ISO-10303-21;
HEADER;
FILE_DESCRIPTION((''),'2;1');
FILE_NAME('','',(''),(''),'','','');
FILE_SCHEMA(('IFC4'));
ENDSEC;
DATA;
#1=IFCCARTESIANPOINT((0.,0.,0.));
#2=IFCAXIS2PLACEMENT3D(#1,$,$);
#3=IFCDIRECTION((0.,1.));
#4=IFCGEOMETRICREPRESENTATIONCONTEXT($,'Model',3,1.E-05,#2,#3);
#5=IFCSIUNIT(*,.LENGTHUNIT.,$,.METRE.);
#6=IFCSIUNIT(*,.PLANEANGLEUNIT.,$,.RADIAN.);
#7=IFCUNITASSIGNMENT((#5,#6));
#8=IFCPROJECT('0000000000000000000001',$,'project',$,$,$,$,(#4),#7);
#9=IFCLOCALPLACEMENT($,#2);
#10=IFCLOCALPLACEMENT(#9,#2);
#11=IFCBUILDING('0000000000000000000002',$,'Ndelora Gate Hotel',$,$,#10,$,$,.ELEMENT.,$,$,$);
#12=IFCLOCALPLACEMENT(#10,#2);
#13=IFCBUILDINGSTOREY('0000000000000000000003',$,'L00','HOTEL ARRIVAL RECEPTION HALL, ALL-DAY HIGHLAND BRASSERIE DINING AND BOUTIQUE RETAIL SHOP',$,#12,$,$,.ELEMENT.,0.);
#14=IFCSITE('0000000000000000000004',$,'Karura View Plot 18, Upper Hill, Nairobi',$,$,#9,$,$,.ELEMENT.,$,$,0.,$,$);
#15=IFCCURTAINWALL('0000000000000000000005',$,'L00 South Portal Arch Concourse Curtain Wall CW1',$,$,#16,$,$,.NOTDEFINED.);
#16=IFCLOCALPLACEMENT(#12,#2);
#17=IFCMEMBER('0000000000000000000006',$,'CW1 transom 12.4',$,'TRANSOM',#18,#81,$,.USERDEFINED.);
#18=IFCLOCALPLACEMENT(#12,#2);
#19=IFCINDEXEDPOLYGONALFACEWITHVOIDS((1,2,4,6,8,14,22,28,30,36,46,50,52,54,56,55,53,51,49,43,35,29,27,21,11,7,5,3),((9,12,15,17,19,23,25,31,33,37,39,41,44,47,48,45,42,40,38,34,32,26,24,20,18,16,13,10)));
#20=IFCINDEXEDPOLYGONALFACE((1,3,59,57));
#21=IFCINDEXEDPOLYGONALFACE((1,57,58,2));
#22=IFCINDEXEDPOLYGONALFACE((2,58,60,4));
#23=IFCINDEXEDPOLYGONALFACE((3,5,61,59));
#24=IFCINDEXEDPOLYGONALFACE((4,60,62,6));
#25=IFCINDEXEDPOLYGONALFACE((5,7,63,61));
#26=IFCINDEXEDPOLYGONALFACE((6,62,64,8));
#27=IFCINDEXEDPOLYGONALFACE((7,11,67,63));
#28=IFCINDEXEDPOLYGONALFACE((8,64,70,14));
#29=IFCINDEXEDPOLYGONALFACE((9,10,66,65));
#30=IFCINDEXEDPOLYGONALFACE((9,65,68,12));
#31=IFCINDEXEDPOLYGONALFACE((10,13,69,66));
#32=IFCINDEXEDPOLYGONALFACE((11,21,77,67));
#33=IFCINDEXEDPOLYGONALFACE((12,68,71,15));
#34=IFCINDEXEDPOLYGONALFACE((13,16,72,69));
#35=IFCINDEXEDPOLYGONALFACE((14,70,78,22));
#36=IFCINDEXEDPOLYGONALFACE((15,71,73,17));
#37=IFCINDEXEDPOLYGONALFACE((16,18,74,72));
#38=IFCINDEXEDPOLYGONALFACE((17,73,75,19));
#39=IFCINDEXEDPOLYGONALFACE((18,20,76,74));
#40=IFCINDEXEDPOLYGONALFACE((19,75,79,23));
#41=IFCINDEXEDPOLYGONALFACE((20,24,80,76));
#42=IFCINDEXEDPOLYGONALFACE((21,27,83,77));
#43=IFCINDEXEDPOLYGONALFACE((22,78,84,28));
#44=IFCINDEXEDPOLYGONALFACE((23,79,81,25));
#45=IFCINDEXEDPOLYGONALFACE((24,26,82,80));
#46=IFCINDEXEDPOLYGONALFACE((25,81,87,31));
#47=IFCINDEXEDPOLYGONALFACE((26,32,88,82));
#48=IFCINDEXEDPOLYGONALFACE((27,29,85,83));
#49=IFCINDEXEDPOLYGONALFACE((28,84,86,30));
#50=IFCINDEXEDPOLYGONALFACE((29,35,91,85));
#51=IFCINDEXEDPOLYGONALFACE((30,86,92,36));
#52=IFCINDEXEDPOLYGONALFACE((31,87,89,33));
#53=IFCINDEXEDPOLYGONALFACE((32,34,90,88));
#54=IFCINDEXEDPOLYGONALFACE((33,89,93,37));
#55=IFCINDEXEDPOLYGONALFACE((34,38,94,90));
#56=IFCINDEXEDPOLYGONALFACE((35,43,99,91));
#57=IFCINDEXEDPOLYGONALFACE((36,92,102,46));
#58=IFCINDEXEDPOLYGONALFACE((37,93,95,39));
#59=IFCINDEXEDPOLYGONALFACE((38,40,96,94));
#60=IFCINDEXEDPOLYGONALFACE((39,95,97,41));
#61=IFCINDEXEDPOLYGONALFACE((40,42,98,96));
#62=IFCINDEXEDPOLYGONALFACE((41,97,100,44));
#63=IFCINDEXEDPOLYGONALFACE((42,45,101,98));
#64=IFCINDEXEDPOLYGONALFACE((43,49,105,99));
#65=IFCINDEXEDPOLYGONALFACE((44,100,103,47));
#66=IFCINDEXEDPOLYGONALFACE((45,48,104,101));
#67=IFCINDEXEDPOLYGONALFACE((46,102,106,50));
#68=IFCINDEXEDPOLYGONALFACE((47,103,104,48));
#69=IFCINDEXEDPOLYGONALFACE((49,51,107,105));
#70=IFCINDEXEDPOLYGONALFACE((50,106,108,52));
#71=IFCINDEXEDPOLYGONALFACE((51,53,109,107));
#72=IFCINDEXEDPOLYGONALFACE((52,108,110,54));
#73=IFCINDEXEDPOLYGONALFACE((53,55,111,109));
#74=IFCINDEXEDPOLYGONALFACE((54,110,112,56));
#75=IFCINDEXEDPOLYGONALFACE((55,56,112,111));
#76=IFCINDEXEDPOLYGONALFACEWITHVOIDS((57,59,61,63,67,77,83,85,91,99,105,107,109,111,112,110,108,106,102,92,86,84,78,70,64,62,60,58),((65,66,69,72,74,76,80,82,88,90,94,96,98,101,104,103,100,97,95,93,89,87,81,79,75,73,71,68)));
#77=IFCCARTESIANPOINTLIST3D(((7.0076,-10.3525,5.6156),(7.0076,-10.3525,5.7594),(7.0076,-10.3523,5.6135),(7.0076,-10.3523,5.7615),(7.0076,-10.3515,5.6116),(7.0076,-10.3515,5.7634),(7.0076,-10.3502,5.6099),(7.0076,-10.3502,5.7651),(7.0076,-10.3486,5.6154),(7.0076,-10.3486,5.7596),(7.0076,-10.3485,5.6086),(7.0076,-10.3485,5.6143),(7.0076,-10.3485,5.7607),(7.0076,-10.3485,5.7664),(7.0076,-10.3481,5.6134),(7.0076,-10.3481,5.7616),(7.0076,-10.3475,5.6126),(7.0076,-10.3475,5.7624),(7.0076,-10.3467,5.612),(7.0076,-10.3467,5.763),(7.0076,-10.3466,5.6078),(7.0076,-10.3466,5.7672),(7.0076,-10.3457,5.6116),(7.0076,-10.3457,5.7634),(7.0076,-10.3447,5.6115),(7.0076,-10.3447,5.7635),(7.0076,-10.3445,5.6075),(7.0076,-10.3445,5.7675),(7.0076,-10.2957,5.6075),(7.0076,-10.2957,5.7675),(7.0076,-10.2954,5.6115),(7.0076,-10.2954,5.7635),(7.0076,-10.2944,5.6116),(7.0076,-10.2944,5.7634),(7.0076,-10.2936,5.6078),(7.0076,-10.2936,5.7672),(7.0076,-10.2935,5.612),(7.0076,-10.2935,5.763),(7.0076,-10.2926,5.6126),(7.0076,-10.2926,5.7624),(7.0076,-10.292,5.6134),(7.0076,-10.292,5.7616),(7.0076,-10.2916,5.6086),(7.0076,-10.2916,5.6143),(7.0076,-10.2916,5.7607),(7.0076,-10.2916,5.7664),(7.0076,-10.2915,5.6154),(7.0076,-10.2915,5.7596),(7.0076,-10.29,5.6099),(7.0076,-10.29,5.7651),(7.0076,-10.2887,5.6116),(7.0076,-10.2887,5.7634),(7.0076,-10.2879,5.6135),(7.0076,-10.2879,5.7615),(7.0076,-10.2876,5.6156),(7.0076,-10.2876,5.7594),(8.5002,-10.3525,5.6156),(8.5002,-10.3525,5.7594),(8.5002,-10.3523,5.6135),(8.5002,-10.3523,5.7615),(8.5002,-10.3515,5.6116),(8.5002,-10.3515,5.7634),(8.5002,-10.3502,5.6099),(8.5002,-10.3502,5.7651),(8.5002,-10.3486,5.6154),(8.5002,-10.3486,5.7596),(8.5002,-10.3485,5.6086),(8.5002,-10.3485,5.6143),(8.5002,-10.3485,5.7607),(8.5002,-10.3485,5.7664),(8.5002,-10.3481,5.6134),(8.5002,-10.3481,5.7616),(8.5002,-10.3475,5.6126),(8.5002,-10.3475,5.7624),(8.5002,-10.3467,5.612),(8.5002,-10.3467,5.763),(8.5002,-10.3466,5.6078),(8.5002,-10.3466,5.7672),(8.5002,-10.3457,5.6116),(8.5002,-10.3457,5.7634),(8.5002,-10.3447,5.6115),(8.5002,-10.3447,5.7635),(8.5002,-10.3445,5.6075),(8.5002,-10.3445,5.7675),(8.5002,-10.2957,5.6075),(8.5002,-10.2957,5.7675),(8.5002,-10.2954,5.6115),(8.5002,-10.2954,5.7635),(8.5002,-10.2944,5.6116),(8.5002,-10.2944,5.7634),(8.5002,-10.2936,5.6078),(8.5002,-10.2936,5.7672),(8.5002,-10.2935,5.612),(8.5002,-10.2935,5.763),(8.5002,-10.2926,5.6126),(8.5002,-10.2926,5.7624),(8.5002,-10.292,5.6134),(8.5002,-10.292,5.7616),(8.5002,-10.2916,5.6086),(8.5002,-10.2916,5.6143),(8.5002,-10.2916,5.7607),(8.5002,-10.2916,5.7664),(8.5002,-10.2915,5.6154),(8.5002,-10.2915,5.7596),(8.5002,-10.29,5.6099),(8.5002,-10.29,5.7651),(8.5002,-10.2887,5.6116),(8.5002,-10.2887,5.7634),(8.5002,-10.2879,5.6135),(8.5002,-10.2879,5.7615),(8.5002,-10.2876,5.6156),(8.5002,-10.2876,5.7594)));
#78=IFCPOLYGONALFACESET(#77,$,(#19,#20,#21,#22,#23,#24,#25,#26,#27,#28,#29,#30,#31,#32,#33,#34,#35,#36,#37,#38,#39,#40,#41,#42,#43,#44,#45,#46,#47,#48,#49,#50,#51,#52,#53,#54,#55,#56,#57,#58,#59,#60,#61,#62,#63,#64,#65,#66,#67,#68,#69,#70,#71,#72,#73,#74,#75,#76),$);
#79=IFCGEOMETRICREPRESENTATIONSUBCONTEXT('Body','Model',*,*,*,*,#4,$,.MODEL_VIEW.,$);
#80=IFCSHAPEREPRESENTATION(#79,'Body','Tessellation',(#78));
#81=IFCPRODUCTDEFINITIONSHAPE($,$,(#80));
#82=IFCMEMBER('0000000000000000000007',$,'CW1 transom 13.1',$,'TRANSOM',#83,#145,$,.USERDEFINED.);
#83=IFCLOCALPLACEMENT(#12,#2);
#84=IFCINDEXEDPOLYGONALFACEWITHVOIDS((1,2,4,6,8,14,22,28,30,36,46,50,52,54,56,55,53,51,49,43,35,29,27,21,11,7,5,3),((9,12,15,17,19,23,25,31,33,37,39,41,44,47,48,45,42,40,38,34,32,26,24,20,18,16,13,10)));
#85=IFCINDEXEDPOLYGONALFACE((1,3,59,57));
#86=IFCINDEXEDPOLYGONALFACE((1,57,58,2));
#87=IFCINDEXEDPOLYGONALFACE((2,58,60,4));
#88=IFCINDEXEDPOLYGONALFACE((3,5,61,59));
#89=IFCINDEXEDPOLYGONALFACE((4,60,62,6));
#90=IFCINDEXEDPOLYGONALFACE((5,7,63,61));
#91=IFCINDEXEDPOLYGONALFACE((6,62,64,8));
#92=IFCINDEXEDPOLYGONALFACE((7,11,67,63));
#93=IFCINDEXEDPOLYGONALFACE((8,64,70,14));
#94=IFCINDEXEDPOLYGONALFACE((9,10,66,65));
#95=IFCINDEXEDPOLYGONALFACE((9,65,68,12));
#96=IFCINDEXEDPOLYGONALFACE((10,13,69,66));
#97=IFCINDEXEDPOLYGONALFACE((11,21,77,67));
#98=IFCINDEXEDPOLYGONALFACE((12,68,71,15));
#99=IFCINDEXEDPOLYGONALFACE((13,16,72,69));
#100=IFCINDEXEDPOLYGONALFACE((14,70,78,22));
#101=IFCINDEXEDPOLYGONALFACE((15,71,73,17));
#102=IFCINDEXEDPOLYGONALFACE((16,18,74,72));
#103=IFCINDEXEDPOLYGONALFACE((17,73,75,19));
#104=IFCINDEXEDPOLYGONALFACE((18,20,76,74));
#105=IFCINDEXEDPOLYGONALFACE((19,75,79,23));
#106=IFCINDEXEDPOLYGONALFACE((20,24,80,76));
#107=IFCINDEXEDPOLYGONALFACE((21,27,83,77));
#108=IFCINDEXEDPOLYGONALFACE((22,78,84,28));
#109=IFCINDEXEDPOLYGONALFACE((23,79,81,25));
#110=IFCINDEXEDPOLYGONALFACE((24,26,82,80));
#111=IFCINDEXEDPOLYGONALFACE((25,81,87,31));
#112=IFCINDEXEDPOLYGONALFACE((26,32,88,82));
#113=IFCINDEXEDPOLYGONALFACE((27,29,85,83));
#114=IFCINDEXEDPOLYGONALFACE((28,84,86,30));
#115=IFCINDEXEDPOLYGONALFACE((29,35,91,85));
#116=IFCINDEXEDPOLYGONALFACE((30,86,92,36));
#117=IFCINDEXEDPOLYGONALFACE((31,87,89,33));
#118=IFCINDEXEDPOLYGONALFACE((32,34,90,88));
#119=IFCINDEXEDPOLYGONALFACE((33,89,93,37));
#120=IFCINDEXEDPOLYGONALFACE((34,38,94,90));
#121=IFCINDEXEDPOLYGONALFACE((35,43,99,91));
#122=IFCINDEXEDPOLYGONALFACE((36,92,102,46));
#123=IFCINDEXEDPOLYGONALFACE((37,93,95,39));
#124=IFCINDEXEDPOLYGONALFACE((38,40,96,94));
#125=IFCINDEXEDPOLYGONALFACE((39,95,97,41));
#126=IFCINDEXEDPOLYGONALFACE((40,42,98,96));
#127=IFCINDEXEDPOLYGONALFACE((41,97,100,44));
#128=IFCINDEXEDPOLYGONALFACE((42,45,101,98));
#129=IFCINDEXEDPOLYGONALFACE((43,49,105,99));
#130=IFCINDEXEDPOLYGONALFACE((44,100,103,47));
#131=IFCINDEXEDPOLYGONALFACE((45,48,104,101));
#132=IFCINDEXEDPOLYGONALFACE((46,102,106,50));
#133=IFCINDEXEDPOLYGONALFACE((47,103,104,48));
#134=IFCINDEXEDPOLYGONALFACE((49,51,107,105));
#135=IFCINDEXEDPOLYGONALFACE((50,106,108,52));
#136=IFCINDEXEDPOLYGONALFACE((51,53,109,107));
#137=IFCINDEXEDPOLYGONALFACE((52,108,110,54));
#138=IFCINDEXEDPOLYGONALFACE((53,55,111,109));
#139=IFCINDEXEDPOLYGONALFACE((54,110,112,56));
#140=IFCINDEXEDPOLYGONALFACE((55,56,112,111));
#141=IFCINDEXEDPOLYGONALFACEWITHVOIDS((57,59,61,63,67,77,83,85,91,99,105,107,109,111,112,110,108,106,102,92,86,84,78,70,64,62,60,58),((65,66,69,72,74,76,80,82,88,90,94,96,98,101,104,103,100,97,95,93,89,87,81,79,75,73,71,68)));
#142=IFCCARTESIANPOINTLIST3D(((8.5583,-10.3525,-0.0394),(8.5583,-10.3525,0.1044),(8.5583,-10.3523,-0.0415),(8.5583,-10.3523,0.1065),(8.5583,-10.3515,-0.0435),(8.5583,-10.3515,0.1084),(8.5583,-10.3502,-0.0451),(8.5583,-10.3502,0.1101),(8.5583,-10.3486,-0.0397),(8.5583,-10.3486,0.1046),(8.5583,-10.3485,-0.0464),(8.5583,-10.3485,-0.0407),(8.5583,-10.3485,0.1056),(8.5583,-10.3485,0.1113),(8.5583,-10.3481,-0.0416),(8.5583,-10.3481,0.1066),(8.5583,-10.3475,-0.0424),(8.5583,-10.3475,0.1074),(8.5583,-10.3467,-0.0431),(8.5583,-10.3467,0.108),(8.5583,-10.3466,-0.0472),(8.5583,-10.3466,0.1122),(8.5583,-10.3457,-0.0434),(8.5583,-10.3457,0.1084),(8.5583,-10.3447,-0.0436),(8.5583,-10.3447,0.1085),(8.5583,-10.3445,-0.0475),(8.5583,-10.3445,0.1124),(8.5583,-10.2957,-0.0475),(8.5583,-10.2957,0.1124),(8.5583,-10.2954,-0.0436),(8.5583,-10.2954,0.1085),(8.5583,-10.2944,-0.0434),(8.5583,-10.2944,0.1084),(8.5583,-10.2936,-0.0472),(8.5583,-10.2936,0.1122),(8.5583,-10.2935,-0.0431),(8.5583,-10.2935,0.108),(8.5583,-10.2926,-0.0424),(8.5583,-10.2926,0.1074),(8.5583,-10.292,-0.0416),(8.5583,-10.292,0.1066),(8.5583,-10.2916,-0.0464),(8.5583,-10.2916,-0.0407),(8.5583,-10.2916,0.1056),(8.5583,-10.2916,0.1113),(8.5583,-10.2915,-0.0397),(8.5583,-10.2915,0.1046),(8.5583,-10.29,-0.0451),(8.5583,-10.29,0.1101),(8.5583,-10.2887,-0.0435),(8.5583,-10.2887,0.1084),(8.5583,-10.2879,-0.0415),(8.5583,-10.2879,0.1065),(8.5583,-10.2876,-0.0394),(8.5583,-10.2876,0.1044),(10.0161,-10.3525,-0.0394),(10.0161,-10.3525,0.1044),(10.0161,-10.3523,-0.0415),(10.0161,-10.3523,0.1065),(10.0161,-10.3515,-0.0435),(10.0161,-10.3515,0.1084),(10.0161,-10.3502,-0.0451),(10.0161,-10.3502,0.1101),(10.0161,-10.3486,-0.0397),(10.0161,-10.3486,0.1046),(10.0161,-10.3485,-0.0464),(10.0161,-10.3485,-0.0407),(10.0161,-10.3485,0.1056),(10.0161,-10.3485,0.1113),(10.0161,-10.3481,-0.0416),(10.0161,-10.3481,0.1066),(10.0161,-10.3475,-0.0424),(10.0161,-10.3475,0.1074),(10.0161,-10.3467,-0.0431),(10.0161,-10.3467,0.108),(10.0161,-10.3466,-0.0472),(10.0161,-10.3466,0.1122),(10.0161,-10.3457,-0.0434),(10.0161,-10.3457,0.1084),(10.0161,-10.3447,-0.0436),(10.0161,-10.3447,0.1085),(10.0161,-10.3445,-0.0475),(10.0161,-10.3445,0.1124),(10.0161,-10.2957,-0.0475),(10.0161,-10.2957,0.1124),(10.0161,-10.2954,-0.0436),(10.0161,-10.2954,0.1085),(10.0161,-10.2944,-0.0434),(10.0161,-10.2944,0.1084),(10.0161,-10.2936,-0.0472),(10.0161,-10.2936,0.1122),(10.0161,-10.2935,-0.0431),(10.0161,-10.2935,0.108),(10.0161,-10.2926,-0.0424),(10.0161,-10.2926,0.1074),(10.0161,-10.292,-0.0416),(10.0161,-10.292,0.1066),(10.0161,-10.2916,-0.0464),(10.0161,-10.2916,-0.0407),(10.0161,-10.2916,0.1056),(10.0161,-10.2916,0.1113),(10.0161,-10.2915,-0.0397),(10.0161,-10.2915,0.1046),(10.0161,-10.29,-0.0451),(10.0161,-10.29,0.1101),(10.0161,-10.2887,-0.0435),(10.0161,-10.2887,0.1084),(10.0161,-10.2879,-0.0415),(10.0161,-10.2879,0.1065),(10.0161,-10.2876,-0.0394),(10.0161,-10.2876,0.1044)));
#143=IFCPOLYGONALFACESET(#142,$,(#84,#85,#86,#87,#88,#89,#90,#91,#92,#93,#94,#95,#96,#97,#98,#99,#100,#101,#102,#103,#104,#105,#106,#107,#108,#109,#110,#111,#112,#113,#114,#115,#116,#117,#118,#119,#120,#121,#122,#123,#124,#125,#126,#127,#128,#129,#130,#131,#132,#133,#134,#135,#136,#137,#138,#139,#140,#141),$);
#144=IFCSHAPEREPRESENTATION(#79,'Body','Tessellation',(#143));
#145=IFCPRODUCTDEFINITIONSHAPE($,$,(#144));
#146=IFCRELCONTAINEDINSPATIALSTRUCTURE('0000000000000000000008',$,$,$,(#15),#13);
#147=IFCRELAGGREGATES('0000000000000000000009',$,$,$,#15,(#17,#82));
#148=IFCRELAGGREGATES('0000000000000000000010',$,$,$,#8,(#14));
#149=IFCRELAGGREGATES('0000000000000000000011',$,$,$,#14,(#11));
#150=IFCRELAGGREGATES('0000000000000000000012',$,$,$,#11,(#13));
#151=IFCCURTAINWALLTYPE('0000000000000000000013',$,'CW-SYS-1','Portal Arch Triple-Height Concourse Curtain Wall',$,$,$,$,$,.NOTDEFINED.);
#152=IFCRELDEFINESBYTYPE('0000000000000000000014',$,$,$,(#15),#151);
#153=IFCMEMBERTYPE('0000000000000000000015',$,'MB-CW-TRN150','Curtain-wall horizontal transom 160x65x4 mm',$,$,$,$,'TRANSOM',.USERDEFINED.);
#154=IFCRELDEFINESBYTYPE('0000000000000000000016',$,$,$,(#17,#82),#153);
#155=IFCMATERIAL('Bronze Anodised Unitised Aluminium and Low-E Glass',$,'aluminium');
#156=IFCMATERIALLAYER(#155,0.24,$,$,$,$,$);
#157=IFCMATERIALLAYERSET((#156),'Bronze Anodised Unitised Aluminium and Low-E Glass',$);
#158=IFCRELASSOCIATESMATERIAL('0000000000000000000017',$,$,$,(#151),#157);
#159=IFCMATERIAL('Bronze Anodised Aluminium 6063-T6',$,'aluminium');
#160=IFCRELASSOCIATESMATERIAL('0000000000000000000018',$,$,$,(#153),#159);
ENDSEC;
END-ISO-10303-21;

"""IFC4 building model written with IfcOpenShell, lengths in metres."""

from ifc_helpers import new_model, si_unit, direction, frame, origin, origin_2d, place, context, subcontext, project, spatial, hollow_rectangle, extrude, material, layer, layer_set, material_profile, profile_set, type_object, element, aggregate, save


model = new_model("IFC4")

# Units and contexts
model_context = context("Model", 3, precision=1e-05, world=origin(), true_north=direction((0.0, 1.0)))
body_context = subcontext(model_context, "Body", "Model", "MODEL_VIEW")
ifc_project = project(units=[si_unit("LENGTHUNIT", "METRE"), si_unit("PLANEANGLEUNIT", "RADIAN")], contexts=[model_context])

# Site, building, storey
site_placement = place(None, origin())
site = spatial("IfcSite", under=ifc_project, at=site_placement, Name="Karura View Plot 18, Upper Hill, Nairobi", CompositionType="ELEMENT", RefElevation=0.0)
building_placement = place(site_placement, origin())
building = spatial("IfcBuilding", under=site, at=building_placement, Name="Ndelora Gate Hotel", CompositionType="ELEMENT")
storey_placement = place(building_placement, origin())
storey = spatial("IfcBuildingStorey", under=building, at=storey_placement, Name="L00", Description="HOTEL ARRIVAL RECEPTION HALL, ALL-DAY HIGHLAND BRASSERIE DINING AND BOUTIQUE RETAIL SHOP", CompositionType="ELEMENT", Elevation=0.0)

# Curtain wall, members
ifc_material_1 = material(Name="Bronze Anodised Unitised Aluminium and Low-E Glass", Category="aluminium")
ifc_layer_1 = layer(ifc_material_1, 0.24)
ifc_layer_set_1 = layer_set([ifc_layer_1], Name="Bronze Anodised Unitised Aluminium and Low-E Glass")
curtain_wall_type = type_object("IfcCurtainWallType", Name="CW-SYS-1", Description="Portal Arch Triple-Height Concourse Curtain Wall", PredefinedType="NOTDEFINED", material=ifc_layer_set_1)
curtain_wall_placement = place(storey_placement, origin())
curtain_wall = element("IfcCurtainWall", 1, at=curtain_wall_placement, inside=storey, type_object=curtain_wall_type, Name="L00 South Portal Arch Concourse Curtain Wall CW1", PredefinedType="NOTDEFINED")
ifc_material_2 = material(Name="Bronze Anodised Aluminium 6063-T6", Category="aluminium")
ifc_material_profile_1 = material_profile(ifc_material_2, hollow_rectangle(XDim=0.0649, YDim=0.1599, WallThickness=0.0039, InnerFilletRadius=0.0039, OuterFilletRadius=0.0081, at=origin_2d()), Name="ALU 160x65x4")
ifc_profile_set_1 = profile_set([ifc_material_profile_1], Name="Bronze Anodised Aluminium 6063-T6")
member_type_1 = type_object("IfcMemberType", Name="MB-CW-TRN150", Description="Curtain-wall horizontal transom 160x65x4 mm", ElementType="TRANSOM", PredefinedType="USERDEFINED", material=ifc_profile_set_1)
member_1_placement = place(storey_placement, frame((7.0076, -10.3201, 5.6875), z_axis=(1.0, 0.0, 0.0), x_axis=(0.0, 1.0, 0.0)))
member_1 = element("IfcMember", 2, at=member_1_placement, type_object=member_type_1, Name="CW1 transom 12.4", ObjectType="TRANSOM", PredefinedType="USERDEFINED", context=body_context, shape_type="SweptSolid", body=[
    extrude(hollow_rectangle(XDim=0.0649, YDim=0.1599, WallThickness=0.0039, InnerFilletRadius=0.0039, OuterFilletRadius=0.0081, at=origin_2d()), origin(), (0.0, 0.0, 1.0), 1.4927),
])
member_2_placement = place(storey_placement, frame((8.5583, -10.3201, 0.0325), z_axis=(1.0, 0.0, 0.0), x_axis=(0.0, 1.0, 0.0)))
member_2 = element("IfcMember", 3, at=member_2_placement, type_object=member_type_1, Name="CW1 transom 13.1", ObjectType="TRANSOM", PredefinedType="USERDEFINED", context=body_context, shape_type="SweptSolid", body=[
    extrude(hollow_rectangle(XDim=0.0649, YDim=0.1599, WallThickness=0.0039, InnerFilletRadius=0.0039, OuterFilletRadius=0.0081, at=origin_2d()), origin(), (0.0, 0.0, 1.0), 1.4578),
])
aggregate(curtain_wall, [member_1, member_2])

save(model, "model.ifc")
